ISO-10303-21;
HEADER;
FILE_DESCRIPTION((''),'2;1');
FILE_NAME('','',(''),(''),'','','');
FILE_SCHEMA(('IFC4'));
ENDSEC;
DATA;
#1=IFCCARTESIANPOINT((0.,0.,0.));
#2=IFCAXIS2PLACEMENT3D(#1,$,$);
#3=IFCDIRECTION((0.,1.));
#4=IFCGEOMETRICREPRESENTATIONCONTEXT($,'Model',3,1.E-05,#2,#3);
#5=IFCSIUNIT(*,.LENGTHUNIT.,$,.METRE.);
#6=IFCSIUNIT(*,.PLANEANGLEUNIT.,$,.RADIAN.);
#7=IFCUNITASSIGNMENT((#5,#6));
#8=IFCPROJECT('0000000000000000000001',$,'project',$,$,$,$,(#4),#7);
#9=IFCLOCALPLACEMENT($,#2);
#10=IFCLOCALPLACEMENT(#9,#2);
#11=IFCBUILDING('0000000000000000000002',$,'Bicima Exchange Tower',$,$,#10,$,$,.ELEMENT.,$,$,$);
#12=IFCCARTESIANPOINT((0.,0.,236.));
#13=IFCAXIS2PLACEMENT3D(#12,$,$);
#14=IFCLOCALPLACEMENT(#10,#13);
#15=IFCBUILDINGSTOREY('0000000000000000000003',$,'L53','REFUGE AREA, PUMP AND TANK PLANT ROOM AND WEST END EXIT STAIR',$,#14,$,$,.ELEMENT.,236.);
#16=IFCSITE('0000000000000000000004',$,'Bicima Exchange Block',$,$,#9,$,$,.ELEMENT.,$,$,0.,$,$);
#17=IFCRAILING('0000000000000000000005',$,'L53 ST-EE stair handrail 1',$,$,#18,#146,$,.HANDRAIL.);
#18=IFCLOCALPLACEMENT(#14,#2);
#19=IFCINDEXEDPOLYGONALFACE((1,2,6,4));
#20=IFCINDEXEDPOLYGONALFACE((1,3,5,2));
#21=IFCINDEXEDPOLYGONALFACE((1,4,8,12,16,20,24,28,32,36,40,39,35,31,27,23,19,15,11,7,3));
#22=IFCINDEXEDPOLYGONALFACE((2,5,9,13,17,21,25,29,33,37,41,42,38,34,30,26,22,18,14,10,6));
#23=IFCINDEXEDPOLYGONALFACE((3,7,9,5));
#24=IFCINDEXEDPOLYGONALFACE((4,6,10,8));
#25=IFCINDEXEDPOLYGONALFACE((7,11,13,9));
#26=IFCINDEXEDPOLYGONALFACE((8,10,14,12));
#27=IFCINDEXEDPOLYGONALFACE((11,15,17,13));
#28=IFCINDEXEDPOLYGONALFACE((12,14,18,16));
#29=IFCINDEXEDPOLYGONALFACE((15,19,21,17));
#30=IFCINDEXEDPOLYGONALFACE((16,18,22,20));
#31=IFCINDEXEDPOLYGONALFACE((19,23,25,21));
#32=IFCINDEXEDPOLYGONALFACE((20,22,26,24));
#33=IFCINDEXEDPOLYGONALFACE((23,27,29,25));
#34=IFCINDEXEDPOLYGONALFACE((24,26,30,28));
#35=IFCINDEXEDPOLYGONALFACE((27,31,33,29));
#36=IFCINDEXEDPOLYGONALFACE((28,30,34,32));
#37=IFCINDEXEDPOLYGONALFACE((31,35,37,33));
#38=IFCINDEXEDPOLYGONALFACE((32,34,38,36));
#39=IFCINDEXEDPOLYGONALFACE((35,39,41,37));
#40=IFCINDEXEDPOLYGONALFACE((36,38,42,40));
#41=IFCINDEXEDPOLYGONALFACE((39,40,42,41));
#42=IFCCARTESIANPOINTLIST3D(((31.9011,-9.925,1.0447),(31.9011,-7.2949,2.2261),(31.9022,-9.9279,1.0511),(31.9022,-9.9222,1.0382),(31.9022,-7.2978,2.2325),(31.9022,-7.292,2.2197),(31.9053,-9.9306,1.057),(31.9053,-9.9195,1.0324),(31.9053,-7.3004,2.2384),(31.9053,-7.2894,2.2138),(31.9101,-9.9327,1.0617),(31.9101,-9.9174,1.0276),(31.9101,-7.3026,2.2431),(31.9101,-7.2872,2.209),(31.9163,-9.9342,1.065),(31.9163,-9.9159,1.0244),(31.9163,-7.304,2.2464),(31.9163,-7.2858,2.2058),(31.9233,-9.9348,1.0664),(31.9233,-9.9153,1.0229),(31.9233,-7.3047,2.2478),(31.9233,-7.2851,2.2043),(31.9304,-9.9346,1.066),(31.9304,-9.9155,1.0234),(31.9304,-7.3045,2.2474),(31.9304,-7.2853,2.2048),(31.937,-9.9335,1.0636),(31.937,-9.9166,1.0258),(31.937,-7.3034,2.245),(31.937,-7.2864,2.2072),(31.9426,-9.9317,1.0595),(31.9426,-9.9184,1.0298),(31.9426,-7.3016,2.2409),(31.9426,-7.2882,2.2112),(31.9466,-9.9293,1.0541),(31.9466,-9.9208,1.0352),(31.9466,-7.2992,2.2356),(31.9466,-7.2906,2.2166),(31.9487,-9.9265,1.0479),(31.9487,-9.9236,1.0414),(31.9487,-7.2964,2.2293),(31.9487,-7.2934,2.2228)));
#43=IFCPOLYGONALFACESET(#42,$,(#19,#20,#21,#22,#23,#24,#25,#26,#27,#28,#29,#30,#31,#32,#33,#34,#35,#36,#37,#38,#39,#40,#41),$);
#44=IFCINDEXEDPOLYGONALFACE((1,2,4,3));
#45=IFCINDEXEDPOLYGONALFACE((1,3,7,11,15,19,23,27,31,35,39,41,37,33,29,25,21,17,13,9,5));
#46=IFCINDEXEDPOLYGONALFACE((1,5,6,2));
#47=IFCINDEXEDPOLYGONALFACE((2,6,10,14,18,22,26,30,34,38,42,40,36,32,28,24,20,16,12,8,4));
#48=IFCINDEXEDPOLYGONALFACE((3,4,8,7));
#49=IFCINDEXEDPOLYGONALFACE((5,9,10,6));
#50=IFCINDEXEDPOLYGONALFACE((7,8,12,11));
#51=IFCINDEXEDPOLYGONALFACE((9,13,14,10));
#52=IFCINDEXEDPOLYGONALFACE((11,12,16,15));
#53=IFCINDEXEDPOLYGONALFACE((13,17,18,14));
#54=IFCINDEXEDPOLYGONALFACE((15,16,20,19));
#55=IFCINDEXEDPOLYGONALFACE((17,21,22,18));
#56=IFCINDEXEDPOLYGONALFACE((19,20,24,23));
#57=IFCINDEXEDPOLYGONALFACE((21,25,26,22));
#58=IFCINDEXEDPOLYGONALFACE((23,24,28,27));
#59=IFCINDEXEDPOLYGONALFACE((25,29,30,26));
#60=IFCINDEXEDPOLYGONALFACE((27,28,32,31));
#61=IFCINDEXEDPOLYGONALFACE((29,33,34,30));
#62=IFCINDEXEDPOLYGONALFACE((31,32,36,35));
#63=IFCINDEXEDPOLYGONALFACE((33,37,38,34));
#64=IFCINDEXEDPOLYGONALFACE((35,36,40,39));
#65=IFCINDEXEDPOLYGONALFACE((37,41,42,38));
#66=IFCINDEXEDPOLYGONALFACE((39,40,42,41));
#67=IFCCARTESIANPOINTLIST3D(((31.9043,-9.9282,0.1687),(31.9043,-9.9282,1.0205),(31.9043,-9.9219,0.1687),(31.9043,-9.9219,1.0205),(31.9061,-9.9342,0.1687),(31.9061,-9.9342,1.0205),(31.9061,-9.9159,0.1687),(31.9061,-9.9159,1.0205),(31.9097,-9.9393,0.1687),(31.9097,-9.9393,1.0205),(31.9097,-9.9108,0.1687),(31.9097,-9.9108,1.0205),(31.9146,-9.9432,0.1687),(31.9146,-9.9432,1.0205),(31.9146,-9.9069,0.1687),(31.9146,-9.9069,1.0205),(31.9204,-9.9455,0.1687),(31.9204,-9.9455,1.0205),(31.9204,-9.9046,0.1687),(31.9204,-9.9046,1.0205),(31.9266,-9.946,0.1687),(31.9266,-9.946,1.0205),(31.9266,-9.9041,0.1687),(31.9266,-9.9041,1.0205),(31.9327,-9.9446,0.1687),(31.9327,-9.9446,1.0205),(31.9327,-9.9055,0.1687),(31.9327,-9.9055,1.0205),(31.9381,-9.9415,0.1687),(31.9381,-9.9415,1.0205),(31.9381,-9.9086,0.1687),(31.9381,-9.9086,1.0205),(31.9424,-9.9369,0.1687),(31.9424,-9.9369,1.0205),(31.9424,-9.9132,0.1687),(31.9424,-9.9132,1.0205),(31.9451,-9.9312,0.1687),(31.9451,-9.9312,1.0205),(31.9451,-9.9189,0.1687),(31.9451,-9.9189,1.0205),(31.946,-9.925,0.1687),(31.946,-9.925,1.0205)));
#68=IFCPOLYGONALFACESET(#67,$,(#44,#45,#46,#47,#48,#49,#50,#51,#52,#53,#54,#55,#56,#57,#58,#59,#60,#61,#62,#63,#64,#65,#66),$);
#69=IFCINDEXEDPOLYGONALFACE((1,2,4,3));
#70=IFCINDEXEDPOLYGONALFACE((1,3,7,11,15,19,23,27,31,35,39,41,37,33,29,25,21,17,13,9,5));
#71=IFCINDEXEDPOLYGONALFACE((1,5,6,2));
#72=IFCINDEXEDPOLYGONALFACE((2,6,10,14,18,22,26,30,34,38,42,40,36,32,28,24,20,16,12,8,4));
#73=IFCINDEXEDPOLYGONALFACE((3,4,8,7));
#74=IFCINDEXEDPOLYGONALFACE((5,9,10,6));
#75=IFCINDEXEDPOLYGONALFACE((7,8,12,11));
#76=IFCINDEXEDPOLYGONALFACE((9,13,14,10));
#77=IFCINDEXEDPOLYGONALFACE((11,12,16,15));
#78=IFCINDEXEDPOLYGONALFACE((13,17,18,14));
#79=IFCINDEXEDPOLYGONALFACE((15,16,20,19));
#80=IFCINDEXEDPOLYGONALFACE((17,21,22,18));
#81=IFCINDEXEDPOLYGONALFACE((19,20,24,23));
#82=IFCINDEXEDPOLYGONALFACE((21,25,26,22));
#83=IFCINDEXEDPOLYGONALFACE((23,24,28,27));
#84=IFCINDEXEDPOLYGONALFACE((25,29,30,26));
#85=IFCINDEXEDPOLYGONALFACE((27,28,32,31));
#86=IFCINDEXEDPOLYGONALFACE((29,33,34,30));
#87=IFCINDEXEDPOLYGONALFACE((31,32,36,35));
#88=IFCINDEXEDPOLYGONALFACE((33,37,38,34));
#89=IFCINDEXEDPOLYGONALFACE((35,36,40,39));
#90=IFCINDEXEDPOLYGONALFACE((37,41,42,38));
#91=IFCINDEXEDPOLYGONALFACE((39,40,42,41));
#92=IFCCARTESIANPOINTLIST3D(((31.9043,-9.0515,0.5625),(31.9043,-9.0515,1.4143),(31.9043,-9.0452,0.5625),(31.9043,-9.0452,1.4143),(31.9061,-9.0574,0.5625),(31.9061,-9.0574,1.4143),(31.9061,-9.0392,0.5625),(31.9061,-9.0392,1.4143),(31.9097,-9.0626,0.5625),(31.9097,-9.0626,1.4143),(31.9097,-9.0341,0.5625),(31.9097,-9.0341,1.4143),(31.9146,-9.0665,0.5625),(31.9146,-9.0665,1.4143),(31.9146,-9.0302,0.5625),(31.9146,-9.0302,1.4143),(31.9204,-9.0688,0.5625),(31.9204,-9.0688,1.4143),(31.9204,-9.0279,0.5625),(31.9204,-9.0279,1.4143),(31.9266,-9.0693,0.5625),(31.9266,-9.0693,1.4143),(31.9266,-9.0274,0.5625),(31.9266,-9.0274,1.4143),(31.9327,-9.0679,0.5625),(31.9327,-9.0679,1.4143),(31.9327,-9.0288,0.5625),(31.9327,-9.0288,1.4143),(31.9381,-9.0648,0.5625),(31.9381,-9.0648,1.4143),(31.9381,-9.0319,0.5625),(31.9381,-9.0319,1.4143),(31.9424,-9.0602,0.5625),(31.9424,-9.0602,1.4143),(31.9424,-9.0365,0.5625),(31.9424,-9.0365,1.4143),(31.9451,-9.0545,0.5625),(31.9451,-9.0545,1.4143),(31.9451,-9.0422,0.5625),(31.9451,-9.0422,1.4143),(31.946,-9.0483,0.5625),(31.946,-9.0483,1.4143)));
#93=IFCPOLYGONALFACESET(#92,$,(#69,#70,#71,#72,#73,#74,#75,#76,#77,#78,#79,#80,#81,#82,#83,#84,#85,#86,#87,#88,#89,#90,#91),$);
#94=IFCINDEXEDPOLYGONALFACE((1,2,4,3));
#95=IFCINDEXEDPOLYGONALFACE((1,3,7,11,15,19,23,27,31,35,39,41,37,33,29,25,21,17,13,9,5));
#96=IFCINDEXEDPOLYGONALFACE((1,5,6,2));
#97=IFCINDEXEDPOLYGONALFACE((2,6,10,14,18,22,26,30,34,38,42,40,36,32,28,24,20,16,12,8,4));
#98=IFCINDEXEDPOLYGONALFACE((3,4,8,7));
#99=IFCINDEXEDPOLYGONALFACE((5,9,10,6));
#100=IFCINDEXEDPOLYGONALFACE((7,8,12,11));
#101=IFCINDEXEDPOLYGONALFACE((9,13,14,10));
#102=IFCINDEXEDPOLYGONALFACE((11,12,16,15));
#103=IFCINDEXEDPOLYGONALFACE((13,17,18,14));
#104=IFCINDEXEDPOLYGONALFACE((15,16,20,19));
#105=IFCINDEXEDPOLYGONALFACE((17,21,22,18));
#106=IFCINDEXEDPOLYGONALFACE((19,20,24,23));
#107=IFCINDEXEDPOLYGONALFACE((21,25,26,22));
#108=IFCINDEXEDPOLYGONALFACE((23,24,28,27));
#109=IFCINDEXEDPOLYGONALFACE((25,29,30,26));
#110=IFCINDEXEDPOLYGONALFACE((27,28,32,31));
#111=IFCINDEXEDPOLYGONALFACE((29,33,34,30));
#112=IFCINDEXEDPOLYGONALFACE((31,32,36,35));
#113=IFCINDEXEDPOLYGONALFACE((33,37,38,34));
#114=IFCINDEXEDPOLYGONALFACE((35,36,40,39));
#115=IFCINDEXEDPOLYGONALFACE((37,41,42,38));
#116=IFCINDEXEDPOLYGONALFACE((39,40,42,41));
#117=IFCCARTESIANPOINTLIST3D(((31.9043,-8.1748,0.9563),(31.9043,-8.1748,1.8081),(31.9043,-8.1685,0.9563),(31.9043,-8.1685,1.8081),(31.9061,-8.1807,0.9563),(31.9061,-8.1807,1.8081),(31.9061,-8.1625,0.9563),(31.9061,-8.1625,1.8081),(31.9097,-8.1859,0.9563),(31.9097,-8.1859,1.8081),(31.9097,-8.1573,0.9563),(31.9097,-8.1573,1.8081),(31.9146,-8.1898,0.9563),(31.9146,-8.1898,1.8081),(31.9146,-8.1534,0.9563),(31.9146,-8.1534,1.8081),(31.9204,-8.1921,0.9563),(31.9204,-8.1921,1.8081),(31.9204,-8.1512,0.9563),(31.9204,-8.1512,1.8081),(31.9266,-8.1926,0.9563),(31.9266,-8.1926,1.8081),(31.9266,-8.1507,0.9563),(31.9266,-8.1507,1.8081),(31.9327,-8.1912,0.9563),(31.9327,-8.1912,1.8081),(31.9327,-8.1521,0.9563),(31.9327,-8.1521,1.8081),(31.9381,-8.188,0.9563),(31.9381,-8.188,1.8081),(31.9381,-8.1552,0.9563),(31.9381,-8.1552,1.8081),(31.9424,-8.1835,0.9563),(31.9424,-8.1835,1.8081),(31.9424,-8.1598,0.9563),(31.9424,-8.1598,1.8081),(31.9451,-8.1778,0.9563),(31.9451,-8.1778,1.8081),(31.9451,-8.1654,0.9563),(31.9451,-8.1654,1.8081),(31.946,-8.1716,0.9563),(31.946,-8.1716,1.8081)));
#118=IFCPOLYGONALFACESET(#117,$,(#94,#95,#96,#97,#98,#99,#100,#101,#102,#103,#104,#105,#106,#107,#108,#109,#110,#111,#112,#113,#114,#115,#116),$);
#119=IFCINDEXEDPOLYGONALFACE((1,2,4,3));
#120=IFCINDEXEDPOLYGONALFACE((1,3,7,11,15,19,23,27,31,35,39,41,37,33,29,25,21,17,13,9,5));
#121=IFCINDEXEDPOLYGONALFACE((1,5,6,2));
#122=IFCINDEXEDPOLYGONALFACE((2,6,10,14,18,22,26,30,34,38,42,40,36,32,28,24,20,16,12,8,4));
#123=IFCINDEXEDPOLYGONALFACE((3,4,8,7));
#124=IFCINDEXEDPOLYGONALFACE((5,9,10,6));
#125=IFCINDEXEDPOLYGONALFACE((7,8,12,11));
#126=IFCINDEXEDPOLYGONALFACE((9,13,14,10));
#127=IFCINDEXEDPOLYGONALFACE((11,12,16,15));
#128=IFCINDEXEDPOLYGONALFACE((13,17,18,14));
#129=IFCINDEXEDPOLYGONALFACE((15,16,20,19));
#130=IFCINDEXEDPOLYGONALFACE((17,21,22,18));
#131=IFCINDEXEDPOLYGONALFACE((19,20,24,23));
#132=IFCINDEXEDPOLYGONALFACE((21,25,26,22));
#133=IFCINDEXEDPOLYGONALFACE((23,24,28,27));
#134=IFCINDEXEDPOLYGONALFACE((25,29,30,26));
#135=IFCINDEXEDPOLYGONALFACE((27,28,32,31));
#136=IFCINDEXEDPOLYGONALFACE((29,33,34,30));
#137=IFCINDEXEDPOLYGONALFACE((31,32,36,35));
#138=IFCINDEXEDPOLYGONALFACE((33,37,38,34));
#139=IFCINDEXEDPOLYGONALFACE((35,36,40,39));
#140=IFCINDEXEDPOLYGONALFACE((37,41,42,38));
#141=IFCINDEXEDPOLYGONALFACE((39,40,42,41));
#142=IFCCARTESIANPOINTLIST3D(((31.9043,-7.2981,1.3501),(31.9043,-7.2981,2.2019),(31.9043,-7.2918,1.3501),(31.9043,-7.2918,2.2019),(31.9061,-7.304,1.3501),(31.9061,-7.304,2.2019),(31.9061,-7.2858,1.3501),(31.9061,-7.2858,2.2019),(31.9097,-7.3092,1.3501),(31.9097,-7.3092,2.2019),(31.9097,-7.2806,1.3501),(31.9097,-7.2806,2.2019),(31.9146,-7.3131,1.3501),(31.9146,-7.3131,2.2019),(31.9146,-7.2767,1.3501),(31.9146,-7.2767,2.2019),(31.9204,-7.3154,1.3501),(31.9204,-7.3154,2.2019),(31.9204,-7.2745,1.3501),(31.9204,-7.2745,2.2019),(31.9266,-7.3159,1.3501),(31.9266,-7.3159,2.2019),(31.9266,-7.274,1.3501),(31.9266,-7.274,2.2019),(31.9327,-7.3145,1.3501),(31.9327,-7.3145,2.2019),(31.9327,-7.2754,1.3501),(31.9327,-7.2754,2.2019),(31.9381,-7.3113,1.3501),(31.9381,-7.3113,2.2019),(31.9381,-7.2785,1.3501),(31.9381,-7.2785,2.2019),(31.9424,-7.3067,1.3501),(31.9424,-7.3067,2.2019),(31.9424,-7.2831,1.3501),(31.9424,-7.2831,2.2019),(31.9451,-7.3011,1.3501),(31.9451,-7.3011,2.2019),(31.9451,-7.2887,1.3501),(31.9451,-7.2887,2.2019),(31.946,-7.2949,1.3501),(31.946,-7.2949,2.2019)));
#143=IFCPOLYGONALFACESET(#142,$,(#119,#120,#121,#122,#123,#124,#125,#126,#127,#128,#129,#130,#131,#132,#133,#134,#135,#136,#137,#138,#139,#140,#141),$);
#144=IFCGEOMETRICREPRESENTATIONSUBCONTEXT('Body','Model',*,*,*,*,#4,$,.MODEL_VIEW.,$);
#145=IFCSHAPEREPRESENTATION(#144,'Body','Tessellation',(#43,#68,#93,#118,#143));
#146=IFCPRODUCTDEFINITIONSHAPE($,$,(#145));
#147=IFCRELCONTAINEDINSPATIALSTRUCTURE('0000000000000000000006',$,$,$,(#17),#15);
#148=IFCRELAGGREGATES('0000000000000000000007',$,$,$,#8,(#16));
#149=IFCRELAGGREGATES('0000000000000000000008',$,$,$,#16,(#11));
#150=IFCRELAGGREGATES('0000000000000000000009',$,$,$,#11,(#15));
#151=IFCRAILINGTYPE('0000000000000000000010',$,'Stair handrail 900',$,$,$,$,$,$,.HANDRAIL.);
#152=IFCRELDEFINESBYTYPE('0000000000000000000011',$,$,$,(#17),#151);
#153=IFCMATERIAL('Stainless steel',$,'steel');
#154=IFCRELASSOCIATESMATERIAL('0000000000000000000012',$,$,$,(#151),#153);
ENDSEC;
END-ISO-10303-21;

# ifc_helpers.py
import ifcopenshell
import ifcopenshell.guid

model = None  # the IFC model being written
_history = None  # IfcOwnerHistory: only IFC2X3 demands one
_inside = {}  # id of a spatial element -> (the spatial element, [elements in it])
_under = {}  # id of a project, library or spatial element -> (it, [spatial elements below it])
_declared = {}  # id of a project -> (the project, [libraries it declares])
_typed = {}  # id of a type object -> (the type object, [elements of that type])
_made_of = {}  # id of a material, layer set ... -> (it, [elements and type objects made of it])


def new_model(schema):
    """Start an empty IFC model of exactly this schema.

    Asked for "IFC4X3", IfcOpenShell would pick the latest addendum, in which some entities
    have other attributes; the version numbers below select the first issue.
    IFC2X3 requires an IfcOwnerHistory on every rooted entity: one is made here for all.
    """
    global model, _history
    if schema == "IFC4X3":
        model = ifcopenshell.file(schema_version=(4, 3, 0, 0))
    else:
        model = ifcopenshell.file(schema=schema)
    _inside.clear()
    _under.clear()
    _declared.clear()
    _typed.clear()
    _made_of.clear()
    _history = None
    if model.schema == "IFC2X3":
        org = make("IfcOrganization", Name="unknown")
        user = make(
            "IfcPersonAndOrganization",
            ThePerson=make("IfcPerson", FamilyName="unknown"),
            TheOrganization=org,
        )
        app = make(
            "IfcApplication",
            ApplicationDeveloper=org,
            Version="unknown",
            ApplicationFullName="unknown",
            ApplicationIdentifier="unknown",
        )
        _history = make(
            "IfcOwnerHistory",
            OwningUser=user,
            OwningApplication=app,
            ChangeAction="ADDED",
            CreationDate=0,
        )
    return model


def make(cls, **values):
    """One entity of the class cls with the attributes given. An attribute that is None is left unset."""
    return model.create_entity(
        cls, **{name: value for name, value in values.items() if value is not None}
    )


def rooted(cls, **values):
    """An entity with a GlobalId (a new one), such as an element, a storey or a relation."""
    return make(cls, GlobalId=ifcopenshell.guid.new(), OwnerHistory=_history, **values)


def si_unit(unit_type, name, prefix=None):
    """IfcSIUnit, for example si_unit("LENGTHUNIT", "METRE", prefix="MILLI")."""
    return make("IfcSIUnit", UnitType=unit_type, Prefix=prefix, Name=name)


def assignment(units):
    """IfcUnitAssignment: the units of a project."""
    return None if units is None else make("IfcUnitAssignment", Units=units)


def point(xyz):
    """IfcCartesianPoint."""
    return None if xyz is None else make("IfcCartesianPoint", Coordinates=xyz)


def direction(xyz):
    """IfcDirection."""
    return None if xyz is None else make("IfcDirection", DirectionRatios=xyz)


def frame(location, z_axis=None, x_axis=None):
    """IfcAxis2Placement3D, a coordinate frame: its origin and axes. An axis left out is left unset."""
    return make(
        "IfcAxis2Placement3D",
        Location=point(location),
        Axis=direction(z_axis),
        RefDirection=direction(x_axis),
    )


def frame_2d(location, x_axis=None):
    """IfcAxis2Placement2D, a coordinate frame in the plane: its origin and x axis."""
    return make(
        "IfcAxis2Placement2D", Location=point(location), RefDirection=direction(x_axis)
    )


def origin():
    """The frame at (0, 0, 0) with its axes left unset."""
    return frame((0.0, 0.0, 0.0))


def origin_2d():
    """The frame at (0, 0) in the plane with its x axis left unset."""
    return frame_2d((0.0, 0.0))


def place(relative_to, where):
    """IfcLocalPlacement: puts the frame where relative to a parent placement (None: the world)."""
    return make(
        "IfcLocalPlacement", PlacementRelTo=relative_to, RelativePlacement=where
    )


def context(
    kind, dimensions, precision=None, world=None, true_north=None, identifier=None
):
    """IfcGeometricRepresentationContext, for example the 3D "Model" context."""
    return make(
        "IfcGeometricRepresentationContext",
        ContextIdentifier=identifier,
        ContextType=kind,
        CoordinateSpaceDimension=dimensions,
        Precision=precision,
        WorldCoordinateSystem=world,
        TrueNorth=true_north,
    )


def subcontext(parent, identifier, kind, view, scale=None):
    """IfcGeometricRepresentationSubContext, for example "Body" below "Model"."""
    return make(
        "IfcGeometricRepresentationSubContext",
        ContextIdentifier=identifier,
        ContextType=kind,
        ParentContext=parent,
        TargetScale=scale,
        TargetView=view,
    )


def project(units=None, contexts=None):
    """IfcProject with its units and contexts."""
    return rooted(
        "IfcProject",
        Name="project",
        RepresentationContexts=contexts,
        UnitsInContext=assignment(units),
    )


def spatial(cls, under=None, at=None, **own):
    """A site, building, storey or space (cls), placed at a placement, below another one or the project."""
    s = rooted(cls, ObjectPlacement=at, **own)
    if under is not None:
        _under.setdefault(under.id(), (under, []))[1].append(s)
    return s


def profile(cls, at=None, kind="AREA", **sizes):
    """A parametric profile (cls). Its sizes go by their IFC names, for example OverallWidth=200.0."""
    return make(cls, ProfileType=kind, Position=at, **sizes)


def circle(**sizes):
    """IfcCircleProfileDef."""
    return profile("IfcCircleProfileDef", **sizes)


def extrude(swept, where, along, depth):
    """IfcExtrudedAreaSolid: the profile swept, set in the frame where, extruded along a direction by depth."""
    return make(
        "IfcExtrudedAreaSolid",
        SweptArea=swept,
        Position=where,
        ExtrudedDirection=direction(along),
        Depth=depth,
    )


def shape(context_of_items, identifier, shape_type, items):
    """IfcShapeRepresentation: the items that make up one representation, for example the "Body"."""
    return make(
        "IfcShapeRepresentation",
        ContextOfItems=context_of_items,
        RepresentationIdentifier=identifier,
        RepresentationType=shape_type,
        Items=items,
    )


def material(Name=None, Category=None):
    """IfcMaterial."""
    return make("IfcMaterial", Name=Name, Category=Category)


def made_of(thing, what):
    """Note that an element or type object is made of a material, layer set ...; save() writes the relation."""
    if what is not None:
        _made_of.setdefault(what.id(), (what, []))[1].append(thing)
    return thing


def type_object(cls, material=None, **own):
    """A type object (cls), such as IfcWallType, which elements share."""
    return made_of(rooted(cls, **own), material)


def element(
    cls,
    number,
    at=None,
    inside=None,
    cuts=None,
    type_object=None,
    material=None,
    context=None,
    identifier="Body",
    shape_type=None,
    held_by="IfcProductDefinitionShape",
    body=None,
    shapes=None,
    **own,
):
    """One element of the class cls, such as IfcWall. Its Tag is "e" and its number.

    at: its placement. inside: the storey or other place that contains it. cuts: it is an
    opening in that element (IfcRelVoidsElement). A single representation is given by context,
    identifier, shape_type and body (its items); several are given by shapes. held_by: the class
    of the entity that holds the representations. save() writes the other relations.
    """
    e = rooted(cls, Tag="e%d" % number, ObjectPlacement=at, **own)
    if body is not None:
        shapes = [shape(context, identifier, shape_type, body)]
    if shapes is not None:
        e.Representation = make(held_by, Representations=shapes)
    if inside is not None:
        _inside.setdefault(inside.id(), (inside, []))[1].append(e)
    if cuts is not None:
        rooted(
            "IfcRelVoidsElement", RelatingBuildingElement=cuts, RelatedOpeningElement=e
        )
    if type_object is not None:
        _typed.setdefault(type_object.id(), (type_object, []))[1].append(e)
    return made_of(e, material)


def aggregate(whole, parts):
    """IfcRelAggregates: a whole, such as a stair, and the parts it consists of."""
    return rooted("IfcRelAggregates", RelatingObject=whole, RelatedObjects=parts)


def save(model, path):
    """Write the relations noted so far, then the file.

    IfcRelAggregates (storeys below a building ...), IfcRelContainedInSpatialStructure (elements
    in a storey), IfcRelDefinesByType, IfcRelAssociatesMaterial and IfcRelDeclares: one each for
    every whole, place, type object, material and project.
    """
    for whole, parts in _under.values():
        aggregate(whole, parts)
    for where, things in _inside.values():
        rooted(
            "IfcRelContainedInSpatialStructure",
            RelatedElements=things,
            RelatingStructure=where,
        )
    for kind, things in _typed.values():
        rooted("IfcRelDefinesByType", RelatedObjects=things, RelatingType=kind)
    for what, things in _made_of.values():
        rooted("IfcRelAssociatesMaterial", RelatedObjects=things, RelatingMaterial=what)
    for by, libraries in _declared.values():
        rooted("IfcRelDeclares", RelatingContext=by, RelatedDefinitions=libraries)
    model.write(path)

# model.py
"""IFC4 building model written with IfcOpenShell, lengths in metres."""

from ifc_helpers import new_model, si_unit, direction, frame, origin, origin_2d, place, context, subcontext, project, spatial, circle, extrude, material, type_object, element, save


model = new_model("IFC4")

# Units and contexts
model_context = context("Model", 3, precision=1e-05, world=origin(), true_north=direction((0.0, 1.0)))
body_context = subcontext(model_context, "Body", "Model", "MODEL_VIEW")
ifc_project = project(units=[si_unit("LENGTHUNIT", "METRE"), si_unit("PLANEANGLEUNIT", "RADIAN")], contexts=[model_context])

# Site, building, storey
site_placement = place(None, origin())
site = spatial("IfcSite", under=ifc_project, at=site_placement, Name="Bicima Exchange Block", CompositionType="ELEMENT", RefElevation=0.0)
building_placement = place(site_placement, origin())
building = spatial("IfcBuilding", under=site, at=building_placement, Name="Bicima Exchange Tower", CompositionType="ELEMENT")
storey_placement = place(building_placement, frame((0.0, 0.0, 236.0)))
storey = spatial("IfcBuildingStorey", under=building, at=storey_placement, Name="L53", Description="REFUGE AREA, PUMP AND TANK PLANT ROOM AND WEST END EXIT STAIR", CompositionType="ELEMENT", Elevation=236.0)

# Railing
ifc_material_1 = material(Name="Stainless steel", Category="steel")
railing_type_1 = type_object("IfcRailingType", Name="Stair handrail 900", PredefinedType="HANDRAIL", material=ifc_material_1)
railing_1_placement = place(storey_placement, frame((31.925, -9.925, 0.1687)))
element("IfcRailing", 1, at=railing_1_placement, inside=storey, type_object=railing_type_1, Name="L53 ST-EE stair handrail 1", PredefinedType="HANDRAIL", context=body_context, shape_type="SweptSolid", body=[
    extrude(circle(Radius=0.0239, at=origin_2d()), frame((0.0, 0.0, 0.876), z_axis=(0.0, 0.912202, 0.409741), x_axis=(-1.0, 0.0, 0.0)), (0.0, 0.0, 1.0), 2.8833),
    extrude(circle(Radius=0.021, at=origin_2d()), origin(), (0.0, 0.0, 1.0), 0.8518),
    extrude(circle(Radius=0.021, at=origin_2d()), frame((0.0, 0.8767, 0.3938)), (0.0, 0.0, 1.0), 0.8518),
    extrude(circle(Radius=0.021, at=origin_2d()), frame((0.0, 1.7534, 0.7876)), (0.0, 0.0, 1.0), 0.8518),
    extrude(circle(Radius=0.021, at=origin_2d()), frame((0.0, 2.6301, 1.1814)), (0.0, 0.0, 1.0), 0.8518),
])

save(model, "model.ifc")
